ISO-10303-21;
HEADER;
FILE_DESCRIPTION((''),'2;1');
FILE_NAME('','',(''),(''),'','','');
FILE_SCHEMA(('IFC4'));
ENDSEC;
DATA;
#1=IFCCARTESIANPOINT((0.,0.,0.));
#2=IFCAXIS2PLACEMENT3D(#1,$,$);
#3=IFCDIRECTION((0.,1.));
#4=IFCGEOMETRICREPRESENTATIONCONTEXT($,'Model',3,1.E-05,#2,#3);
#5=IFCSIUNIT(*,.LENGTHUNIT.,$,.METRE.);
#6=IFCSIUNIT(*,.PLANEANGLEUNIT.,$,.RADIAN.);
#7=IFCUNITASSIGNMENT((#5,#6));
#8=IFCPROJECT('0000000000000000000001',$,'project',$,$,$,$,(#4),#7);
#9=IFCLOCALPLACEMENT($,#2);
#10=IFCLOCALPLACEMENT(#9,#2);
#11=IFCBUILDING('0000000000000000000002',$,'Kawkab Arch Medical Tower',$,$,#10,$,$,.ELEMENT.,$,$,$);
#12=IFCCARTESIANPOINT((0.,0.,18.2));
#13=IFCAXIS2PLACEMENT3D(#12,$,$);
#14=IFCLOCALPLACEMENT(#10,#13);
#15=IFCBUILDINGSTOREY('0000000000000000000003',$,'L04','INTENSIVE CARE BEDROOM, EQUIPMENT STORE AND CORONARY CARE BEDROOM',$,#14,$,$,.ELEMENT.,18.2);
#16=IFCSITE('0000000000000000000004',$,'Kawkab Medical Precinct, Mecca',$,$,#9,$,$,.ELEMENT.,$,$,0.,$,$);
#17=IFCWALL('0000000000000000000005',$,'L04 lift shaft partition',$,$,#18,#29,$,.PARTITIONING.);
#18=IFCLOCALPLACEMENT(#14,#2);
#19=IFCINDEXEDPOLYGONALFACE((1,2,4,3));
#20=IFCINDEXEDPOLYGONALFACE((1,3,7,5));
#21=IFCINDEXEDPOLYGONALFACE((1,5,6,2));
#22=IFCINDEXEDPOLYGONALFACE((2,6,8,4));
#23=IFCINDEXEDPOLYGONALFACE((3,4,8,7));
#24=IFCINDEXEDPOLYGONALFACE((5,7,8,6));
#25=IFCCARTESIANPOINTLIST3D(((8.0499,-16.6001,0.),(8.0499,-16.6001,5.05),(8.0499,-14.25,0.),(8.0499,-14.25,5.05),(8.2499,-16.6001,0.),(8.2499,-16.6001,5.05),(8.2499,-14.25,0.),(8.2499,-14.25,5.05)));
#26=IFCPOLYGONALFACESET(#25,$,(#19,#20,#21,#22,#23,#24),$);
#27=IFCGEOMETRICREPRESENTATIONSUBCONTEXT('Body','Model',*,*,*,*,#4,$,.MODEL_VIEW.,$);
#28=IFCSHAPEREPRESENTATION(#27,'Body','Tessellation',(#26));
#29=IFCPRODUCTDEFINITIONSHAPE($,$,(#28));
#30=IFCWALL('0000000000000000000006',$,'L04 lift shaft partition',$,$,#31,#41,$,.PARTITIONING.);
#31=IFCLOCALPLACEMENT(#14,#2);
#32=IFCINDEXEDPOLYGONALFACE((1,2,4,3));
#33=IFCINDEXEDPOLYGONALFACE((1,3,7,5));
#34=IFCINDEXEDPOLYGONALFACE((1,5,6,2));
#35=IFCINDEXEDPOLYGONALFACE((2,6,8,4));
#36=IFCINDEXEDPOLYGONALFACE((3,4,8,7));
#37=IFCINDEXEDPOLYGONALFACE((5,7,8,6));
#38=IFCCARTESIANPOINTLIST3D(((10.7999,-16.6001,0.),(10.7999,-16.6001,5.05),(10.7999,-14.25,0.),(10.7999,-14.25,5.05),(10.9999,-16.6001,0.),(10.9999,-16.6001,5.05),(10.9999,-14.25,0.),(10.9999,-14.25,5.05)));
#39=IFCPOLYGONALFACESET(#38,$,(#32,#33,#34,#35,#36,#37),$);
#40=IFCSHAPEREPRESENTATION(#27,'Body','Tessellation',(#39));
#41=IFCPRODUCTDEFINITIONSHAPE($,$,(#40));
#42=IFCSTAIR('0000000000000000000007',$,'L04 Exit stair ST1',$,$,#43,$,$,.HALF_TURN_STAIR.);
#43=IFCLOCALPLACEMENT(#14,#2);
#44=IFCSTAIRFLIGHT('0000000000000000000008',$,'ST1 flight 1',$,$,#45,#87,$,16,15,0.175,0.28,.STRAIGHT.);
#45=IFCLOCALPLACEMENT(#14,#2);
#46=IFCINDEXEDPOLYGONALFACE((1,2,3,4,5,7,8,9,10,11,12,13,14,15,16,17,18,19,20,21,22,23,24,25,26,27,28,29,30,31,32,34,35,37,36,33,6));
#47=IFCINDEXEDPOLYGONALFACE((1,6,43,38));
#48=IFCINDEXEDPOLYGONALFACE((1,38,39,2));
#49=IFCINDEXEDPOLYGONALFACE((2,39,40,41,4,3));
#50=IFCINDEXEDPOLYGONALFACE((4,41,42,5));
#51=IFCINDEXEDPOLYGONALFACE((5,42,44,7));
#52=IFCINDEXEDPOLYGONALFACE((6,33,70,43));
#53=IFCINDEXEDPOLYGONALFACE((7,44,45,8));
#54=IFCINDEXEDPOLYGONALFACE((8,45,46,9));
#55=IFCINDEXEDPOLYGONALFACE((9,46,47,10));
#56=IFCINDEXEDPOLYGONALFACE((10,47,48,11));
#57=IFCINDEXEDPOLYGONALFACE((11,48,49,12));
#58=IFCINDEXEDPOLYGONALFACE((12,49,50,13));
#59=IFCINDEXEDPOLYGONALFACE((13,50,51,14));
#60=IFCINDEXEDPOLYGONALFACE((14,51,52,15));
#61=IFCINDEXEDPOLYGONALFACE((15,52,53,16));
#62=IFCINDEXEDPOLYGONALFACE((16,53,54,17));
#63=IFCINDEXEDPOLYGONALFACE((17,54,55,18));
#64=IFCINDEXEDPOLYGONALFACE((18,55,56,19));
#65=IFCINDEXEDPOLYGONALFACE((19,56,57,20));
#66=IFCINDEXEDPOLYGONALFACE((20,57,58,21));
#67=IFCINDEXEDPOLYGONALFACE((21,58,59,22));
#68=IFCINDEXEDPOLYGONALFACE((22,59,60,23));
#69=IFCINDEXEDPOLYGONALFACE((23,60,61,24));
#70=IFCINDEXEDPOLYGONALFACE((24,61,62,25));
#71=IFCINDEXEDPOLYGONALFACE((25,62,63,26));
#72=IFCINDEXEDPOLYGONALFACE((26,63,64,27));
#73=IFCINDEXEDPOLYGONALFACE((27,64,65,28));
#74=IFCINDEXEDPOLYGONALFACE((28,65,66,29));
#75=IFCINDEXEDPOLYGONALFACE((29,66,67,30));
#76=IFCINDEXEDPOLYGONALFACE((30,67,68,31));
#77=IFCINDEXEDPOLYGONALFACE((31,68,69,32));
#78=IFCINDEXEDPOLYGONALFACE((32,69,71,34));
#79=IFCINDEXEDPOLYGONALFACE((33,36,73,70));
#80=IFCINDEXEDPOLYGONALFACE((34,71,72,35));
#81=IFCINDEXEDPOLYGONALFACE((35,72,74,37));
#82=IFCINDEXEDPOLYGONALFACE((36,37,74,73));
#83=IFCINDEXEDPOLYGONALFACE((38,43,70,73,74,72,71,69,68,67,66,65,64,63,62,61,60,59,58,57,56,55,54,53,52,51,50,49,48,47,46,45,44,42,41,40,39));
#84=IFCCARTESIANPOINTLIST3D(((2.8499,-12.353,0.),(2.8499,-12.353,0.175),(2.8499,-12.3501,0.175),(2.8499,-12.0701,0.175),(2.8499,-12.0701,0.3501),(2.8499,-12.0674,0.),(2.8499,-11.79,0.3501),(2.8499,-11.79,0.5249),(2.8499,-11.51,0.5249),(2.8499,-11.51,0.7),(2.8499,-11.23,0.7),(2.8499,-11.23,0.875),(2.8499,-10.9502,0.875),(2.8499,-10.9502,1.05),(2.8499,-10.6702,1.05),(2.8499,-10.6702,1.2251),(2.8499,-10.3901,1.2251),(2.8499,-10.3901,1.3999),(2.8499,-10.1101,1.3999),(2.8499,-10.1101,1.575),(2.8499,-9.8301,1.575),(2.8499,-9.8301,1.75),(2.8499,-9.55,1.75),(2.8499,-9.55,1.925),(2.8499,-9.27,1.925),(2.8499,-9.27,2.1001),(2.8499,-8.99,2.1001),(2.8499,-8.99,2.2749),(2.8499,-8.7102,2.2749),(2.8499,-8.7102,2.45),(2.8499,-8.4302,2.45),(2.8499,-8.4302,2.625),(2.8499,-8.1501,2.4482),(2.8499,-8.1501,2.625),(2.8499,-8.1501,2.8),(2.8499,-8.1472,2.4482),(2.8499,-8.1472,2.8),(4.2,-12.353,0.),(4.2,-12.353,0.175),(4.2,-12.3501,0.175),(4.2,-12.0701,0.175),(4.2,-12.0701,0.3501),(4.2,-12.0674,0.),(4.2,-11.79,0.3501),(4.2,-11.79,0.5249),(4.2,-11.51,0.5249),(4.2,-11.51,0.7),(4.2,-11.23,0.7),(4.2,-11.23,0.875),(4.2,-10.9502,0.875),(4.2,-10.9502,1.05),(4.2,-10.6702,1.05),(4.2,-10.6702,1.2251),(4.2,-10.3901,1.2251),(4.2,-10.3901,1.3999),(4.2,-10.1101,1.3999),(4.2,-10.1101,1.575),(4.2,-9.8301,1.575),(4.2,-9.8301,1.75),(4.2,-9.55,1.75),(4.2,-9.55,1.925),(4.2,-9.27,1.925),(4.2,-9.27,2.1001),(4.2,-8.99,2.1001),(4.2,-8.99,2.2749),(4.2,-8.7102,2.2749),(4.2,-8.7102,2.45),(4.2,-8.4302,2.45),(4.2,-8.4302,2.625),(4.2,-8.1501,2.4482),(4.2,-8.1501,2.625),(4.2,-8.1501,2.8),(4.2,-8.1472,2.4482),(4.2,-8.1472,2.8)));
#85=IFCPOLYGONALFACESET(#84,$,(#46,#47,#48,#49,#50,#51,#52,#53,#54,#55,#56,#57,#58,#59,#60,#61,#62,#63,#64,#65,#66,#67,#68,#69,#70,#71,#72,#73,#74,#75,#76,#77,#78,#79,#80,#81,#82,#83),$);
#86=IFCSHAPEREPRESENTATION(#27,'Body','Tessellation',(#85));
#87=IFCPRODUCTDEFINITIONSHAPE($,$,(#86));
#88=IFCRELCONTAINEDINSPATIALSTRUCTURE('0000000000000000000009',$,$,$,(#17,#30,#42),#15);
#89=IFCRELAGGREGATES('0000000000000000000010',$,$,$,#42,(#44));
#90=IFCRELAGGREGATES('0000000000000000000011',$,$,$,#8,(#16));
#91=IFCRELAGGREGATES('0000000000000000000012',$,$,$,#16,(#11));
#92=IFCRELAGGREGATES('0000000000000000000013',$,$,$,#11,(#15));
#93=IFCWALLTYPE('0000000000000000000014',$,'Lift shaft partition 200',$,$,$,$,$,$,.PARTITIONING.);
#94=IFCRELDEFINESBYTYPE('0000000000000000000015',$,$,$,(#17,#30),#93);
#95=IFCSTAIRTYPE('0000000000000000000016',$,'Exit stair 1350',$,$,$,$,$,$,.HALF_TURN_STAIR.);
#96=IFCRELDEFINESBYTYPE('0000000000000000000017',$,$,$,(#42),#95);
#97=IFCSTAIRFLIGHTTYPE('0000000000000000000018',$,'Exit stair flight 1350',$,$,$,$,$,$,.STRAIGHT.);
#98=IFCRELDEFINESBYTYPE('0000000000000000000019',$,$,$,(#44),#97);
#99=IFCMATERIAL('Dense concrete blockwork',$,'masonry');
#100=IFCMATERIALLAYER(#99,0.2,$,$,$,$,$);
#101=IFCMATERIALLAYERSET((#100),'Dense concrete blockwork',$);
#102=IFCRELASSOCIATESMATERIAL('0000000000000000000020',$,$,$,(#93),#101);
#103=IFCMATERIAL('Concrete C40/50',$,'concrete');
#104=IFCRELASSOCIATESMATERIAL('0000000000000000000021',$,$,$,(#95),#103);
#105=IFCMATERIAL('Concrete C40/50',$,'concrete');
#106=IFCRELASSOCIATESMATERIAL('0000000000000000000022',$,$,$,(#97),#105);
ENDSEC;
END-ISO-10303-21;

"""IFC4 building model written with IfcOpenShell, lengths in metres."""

from ifc_helpers import new_model, si_unit, direction, frame, frame_2d, origin, place, context, subcontext, project, spatial, polyline, rectangle, outline, extrude, material, layer, layer_set, type_object, element, aggregate, save


model = new_model("IFC4")

# Units and contexts
model_context = context("Model", 3, precision=1e-05, world=origin(), true_north=direction((0.0, 1.0)))
body_context = subcontext(model_context, "Body", "Model", "MODEL_VIEW")
ifc_project = project(units=[si_unit("LENGTHUNIT", "METRE"), si_unit("PLANEANGLEUNIT", "RADIAN")], contexts=[model_context])

# Site, building, storey
site_placement = place(None, origin())
site = spatial("IfcSite", under=ifc_project, at=site_placement, Name="Kawkab Medical Precinct, Mecca", CompositionType="ELEMENT", RefElevation=0.0)
building_placement = place(site_placement, origin())
building = spatial("IfcBuilding", under=site, at=building_placement, Name="Kawkab Arch Medical Tower", CompositionType="ELEMENT")
storey_placement = place(building_placement, frame((0.0, 0.0, 18.2)))
storey = spatial("IfcBuildingStorey", under=building, at=storey_placement, Name="L04", Description="INTENSIVE CARE BEDROOM, EQUIPMENT STORE AND CORONARY CARE BEDROOM", CompositionType="ELEMENT", Elevation=18.2)

# Walls
ifc_material_1 = material(Name="Dense concrete blockwork", Category="masonry")
ifc_layer_1 = layer(ifc_material_1, 0.2)
ifc_layer_set_1 = layer_set([ifc_layer_1], Name="Dense concrete blockwork")
wall_type_1 = type_object("IfcWallType", Name="Lift shaft partition 200", PredefinedType="PARTITIONING", material=ifc_layer_set_1)
for number, where, z_axis, x_axis, name in (
    (1, (8.1499, -16.6001, 0.0), (0.0, 0.0, 1.0), (0.0, 1.0, 0.0), "L04 lift shaft partition"),
    (2, (10.8999, -16.6001, 0.0), (0.0, 0.0, 1.0), (0.0, 1.0, 0.0), "L04 lift shaft partition"),
):
    element("IfcWall", number, at=place(storey_placement, frame(where, z_axis=z_axis, x_axis=x_axis)), inside=storey, type_object=wall_type_1, Name=name, PredefinedType="PARTITIONING", context=body_context, shape_type="SweptSolid", body=[
        extrude(rectangle(XDim=2.3501, YDim=0.2, at=frame_2d((1.175, 0.0))), origin(), (0.0, 0.0, 1.0), 5.05),
    ])

# Stair, stair flight
ifc_material_2 = material(Name="Concrete C40/50", Category="concrete")
stair_type = type_object("IfcStairType", Name="Exit stair 1350", PredefinedType="HALF_TURN_STAIR", material=ifc_material_2)
stair_placement = place(storey_placement, origin())
stair = element("IfcStair", 3, at=stair_placement, inside=storey, type_object=stair_type, Name="L04 Exit stair ST1", PredefinedType="HALF_TURN_STAIR")
ifc_material_3 = material(Name="Concrete C40/50", Category="concrete")
stair_flight_type = type_object("IfcStairFlightType", Name="Exit stair flight 1350", PredefinedType="STRAIGHT", material=ifc_material_3)
stair_flight_placement = place(storey_placement, frame((3.5249, -12.3501, 0.0), z_axis=(0.0, 0.0, 1.0), x_axis=(0.0, 1.0, 0.0)))
stair_flight = element("IfcStairFlight", 4, at=stair_flight_placement, type_object=stair_flight_type, Name="ST1 flight 1", NumberOfRisers=16, NumberOfTreads=15, PredefinedType="STRAIGHT", RiserHeight=0.175, TreadLength=0.28, context=body_context, shape_type="SweptSolid", body=[
    extrude(outline(polyline([(-0.0029, 0.0), (-0.0029, 0.175), (0.0, 0.175), (0.28, 0.175), (0.28, 0.3501), (0.5601, 0.3501), (0.5601, 0.5249), (0.8401, 0.5249), (0.8401, 0.7), (1.1201, 0.7), (1.1201, 0.875), (1.3999, 0.875), (1.3999, 1.05), (1.6799, 1.05), (1.6799, 1.2251), (1.96, 1.2251), (1.96, 1.3999), (2.24, 1.3999), (2.24, 1.575), (2.52, 1.575), (2.52, 1.75), (2.8, 1.75), (2.8, 1.925), (3.0801, 1.925), (3.0801, 2.1001), (3.3601, 2.1001), (3.3601, 2.2749), (3.6399, 2.2749), (3.6399, 2.45), (3.9199, 2.45), (3.9199, 2.625), (4.2, 2.625), (4.2, 2.8), (4.2029, 2.8), (4.2029, 2.4482), (4.2, 2.4482), (0.2827, 0.0), (-0.0029, 0.0)])), frame((0.0, 0.675, 0.0), z_axis=(0.0, -1.0, 0.0), x_axis=(1.0, 0.0, 0.0)), (0.0, 0.0, 1.0), 1.3501),
])
aggregate(stair, [stair_flight])

save(model, "model.ifc")
